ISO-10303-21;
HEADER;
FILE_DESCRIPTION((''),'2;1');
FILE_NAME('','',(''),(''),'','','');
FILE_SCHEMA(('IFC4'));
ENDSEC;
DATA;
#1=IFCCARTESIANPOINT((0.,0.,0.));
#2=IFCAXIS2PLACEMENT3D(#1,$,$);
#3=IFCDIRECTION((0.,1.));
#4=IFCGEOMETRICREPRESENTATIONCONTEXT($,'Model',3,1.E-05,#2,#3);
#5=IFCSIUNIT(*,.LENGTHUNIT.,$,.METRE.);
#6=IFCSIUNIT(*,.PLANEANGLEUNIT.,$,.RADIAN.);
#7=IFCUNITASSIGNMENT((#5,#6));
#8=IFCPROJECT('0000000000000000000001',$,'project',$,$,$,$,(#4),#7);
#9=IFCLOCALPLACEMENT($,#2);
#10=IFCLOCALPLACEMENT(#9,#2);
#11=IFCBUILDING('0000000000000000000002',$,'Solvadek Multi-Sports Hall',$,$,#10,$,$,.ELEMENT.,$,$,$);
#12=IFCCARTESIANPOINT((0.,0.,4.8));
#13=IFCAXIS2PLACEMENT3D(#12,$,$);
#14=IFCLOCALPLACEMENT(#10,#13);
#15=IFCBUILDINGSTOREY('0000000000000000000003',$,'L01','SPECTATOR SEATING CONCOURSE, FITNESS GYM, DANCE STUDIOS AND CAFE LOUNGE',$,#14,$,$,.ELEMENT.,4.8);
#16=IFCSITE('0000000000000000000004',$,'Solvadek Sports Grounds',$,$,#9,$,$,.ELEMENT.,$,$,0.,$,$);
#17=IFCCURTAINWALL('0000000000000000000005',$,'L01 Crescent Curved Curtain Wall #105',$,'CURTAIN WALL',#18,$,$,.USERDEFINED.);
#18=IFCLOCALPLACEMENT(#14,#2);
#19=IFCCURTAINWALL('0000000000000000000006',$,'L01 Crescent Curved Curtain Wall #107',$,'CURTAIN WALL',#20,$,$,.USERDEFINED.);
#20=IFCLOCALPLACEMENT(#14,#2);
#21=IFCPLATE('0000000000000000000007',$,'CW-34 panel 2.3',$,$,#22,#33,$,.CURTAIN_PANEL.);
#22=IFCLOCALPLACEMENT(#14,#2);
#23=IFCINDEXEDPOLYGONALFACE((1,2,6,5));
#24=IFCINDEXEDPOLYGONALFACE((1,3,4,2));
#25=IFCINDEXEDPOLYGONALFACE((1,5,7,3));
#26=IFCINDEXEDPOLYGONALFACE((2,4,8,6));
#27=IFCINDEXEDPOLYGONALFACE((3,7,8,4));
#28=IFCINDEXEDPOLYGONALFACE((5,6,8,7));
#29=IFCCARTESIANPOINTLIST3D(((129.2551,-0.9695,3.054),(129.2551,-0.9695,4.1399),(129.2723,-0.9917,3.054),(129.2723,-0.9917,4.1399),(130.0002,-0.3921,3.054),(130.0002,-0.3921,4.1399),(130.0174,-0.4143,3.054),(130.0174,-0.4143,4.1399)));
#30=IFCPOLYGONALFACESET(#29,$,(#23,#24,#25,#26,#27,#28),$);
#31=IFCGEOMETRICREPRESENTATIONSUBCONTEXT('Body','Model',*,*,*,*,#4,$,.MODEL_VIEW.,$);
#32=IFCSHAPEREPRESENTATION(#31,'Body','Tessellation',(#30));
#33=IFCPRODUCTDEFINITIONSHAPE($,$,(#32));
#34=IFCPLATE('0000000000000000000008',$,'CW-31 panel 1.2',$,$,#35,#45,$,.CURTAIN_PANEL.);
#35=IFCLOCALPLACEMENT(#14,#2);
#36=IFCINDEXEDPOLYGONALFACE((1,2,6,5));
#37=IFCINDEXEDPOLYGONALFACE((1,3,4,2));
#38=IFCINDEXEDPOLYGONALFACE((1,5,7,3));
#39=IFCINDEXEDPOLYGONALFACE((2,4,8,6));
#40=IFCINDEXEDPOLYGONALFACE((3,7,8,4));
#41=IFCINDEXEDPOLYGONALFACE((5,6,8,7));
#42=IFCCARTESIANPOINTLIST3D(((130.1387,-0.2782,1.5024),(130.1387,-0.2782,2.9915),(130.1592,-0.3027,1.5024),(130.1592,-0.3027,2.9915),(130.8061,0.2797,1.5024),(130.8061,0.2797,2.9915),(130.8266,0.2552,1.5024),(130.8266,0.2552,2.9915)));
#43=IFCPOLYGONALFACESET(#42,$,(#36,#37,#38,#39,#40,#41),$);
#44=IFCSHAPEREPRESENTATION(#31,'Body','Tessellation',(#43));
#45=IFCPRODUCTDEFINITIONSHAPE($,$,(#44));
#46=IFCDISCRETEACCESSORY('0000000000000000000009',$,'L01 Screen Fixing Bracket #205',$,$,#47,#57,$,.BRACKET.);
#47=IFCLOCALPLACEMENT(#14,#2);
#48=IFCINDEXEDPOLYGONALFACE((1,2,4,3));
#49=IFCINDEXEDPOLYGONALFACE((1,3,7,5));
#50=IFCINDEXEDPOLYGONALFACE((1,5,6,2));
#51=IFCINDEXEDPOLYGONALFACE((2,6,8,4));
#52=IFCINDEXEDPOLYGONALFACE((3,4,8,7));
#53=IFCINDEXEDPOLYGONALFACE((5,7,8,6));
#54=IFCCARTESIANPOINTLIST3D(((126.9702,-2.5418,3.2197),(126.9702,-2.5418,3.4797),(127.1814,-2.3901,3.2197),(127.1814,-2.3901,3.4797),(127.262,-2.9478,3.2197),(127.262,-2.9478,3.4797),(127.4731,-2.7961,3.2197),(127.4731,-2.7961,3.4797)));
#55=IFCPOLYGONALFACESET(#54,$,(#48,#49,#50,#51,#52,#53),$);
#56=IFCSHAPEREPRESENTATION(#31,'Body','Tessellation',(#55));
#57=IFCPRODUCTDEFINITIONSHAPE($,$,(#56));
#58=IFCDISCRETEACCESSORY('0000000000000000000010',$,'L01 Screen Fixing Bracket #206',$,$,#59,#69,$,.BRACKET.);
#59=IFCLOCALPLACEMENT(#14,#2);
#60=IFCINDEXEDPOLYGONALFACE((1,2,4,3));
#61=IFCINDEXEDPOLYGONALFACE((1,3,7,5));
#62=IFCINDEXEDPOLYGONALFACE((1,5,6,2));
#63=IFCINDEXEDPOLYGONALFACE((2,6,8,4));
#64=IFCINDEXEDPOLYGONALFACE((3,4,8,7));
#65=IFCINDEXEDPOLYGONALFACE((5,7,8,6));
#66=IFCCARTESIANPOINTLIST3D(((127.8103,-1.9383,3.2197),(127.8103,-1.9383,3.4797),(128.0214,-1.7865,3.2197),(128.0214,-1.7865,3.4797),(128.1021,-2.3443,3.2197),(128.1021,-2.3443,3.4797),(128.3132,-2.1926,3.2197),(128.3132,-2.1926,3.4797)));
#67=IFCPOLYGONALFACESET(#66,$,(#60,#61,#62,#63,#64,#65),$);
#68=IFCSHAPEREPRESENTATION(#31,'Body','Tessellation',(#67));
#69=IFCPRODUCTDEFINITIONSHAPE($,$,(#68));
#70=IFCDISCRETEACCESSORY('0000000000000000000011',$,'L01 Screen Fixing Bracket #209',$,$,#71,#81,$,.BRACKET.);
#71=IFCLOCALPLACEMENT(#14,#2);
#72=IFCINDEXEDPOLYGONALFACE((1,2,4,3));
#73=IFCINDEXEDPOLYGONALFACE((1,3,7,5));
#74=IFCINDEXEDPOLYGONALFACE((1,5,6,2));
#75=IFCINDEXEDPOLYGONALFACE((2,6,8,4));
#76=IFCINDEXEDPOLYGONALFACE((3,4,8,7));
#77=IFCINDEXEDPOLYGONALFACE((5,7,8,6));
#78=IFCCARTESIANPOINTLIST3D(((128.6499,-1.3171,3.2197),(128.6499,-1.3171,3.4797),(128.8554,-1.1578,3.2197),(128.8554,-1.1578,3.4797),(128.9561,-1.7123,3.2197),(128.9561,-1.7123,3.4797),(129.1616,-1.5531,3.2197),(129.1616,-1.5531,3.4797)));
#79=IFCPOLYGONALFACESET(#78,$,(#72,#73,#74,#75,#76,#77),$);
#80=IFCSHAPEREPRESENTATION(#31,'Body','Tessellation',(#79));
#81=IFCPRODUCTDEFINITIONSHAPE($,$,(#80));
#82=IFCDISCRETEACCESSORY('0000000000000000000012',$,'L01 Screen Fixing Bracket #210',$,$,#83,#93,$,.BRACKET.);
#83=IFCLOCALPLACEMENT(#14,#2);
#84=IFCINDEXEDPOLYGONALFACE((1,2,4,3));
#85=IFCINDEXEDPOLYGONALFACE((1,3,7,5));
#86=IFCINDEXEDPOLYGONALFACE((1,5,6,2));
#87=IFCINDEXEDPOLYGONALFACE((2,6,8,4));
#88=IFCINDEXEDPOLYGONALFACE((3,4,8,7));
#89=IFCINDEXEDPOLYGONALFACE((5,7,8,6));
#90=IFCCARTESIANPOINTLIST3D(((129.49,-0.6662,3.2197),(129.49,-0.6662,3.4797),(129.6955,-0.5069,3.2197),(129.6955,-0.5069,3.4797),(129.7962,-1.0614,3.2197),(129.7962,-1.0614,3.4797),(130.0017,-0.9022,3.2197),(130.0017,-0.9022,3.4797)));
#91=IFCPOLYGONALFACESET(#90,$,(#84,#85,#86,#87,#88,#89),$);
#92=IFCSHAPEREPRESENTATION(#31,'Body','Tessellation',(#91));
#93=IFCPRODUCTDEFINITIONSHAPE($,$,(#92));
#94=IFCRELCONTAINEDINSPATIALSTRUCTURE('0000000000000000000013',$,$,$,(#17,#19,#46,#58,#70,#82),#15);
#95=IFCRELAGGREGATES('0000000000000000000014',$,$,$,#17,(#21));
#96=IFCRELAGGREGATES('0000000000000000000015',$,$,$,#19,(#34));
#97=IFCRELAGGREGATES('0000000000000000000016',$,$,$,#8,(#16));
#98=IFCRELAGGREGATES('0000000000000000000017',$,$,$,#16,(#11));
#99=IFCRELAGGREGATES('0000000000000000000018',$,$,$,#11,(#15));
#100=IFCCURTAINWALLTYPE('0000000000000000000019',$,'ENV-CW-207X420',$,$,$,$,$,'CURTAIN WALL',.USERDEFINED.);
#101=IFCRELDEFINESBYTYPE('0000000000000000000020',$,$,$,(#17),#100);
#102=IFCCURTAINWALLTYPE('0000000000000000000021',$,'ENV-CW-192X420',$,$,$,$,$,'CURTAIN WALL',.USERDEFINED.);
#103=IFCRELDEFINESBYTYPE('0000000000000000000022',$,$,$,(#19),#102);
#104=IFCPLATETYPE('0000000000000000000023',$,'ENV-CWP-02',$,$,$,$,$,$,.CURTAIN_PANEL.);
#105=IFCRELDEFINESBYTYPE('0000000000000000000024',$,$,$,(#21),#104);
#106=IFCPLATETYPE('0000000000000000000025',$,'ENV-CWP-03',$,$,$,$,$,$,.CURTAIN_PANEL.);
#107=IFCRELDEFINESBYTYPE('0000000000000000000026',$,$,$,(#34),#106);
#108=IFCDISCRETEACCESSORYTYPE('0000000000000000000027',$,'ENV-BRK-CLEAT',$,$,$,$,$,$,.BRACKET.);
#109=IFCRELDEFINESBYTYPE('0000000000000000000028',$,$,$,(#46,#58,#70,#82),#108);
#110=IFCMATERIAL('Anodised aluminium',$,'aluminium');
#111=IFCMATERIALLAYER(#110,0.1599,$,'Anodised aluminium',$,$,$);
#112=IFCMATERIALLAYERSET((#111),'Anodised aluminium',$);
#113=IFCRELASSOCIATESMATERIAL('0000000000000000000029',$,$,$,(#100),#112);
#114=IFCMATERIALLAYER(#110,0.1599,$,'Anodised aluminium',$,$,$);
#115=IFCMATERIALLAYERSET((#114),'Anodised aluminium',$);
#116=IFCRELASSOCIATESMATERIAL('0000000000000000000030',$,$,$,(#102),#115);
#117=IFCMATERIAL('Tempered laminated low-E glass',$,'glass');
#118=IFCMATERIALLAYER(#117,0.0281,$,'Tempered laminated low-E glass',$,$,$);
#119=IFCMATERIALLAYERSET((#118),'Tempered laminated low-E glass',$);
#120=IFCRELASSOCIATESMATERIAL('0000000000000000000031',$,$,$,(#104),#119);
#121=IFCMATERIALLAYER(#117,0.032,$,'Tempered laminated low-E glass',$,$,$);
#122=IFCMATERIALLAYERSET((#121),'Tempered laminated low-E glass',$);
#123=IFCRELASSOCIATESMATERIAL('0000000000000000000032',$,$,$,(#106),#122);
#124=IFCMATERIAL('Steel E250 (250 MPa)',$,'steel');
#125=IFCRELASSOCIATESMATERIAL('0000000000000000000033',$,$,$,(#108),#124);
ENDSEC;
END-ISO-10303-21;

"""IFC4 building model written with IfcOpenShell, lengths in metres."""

from ifc_helpers import new_model, si_unit, direction, frame, origin, origin_2d, place, context, subcontext, project, spatial, rectangle, extrude, material, layer, layer_set, type_object, element, aggregate, save


model = new_model("IFC4")

# Units and contexts
model_context = context("Model", 3, precision=1e-05, world=origin(), true_north=direction((0.0, 1.0)))
body_context = subcontext(model_context, "Body", "Model", "MODEL_VIEW")
ifc_project = project(units=[si_unit("LENGTHUNIT", "METRE"), si_unit("PLANEANGLEUNIT", "RADIAN")], contexts=[model_context])

# Site, building, storey
site_placement = place(None, origin())
site = spatial("IfcSite", under=ifc_project, at=site_placement, Name="Solvadek Sports Grounds", CompositionType="ELEMENT", RefElevation=0.0)
building_placement = place(site_placement, origin())
building = spatial("IfcBuilding", under=site, at=building_placement, Name="Solvadek Multi-Sports Hall", CompositionType="ELEMENT")
storey_placement = place(building_placement, frame((0.0, 0.0, 4.8)))
storey = spatial("IfcBuildingStorey", under=building, at=storey_placement, Name="L01", Description="SPECTATOR SEATING CONCOURSE, FITNESS GYM, DANCE STUDIOS AND CAFE LOUNGE", CompositionType="ELEMENT", Elevation=4.8)

# Curtain walls
ifc_material_1 = material(Name="Anodised aluminium", Category="aluminium")
ifc_layer_1 = layer(ifc_material_1, 0.1599, Name="Anodised aluminium")
ifc_layer_set_1 = layer_set([ifc_layer_1], Name="Anodised aluminium")
curtain_wall_type_1 = type_object("IfcCurtainWallType", Name="ENV-CW-207X420", ElementType="CURTAIN WALL", PredefinedType="USERDEFINED", material=ifc_layer_set_1)
curtain_wall_1_placement = place(storey_placement, origin())
curtain_wall_1 = element("IfcCurtainWall", 1, at=curtain_wall_1_placement, inside=storey, type_object=curtain_wall_type_1, Name="L01 Crescent Curved Curtain Wall #105", ObjectType="CURTAIN WALL", PredefinedType="USERDEFINED")
ifc_layer_2 = layer(ifc_material_1, 0.1599, Name="Anodised aluminium")
ifc_layer_set_2 = layer_set([ifc_layer_2], Name="Anodised aluminium")
curtain_wall_type_2 = type_object("IfcCurtainWallType", Name="ENV-CW-192X420", ElementType="CURTAIN WALL", PredefinedType="USERDEFINED", material=ifc_layer_set_2)
curtain_wall_2_placement = place(storey_placement, origin())
curtain_wall_2 = element("IfcCurtainWall", 2, at=curtain_wall_2_placement, inside=storey, type_object=curtain_wall_type_2, Name="L01 Crescent Curved Curtain Wall #107", ObjectType="CURTAIN WALL", PredefinedType="USERDEFINED")

# Shared definitions
ifc_material_2 = material(Name="Steel E250 (250 MPa)", Category="steel")

# Plates
ifc_material_3 = material(Name="Tempered laminated low-E glass", Category="glass")
ifc_layer_3 = layer(ifc_material_3, 0.0281, Name="Tempered laminated low-E glass")
ifc_layer_set_3 = layer_set([ifc_layer_3], Name="Tempered laminated low-E glass")
plate_type_1 = type_object("IfcPlateType", Name="ENV-CWP-02", PredefinedType="CURTAIN_PANEL", material=ifc_layer_set_3)
plate_1_placement = place(storey_placement, frame((129.6362, -0.6919, 3.054), z_axis=(0.0, 0.0, 1.0), x_axis=(0.790501, 0.612461, 0.0)))
plate_1 = element("IfcPlate", 3, at=plate_1_placement, type_object=plate_type_1, Name="CW-34 panel 2.3", PredefinedType="CURTAIN_PANEL", context=body_context, shape_type="SweptSolid", body=[
    extrude(rectangle(XDim=0.9426, YDim=0.0281, at=origin_2d()), origin(), (0.0, 0.0, 1.0), 1.0859),
])
aggregate(curtain_wall_1, [plate_1])
ifc_layer_4 = layer(ifc_material_3, 0.032, Name="Tempered laminated low-E glass")
ifc_layer_set_4 = layer_set([ifc_layer_4], Name="Tempered laminated low-E glass")
plate_type_2 = type_object("IfcPlateType", Name="ENV-CWP-03", PredefinedType="CURTAIN_PANEL", material=ifc_layer_set_4)
plate_2_placement = place(storey_placement, frame((130.4827, -0.0115, 1.5024), z_axis=(0.0, 0.0, 1.0), x_axis=(0.767251, 0.641347, 0.0)))
plate_2 = element("IfcPlate", 4, at=plate_2_placement, type_object=plate_type_2, Name="CW-31 panel 1.2", PredefinedType="CURTAIN_PANEL", context=body_context, shape_type="SweptSolid", body=[
    extrude(rectangle(XDim=0.8699, YDim=0.032, at=origin_2d()), origin(), (0.0, 0.0, 1.0), 1.489),
])
aggregate(curtain_wall_2, [plate_2])

# Discrete accessories
discrete_accessory_type = type_object("IfcDiscreteAccessoryType", Name="ENV-BRK-CLEAT", PredefinedType="BRACKET", material=ifc_material_2)
for number, where, z_axis, x_axis, name in (
    (5, (127.2217, -2.6689, 3.2197), (0.0, 0.0, 1.0), (0.812061, 0.583572, 0.0), "L01 Screen Fixing Bracket #205"),
    (6, (128.0618, -2.0654, 3.2197), (0.0, 0.0, 1.0), (0.812061, 0.583572, 0.0), "L01 Screen Fixing Bracket #206"),
    (7, (128.9058, -1.4351, 3.2197), (0.0, 0.0, 1.0), (0.790483, 0.612483, 0.0), "L01 Screen Fixing Bracket #209"),
    (8, (129.7458, -0.7842, 3.2197), (0.0, 0.0, 1.0), (0.790483, 0.612483, 0.0), "L01 Screen Fixing Bracket #210"),
):
    element("IfcDiscreteAccessory", number, at=place(storey_placement, frame(where, z_axis=z_axis, x_axis=x_axis)), inside=storey, type_object=discrete_accessory_type, Name=name, PredefinedType="BRACKET", context=body_context, shape_type="SweptSolid", body=[
        extrude(rectangle(XDim=0.26, YDim=0.5, at=origin_2d()), origin(), (0.0, 0.0, 1.0), 0.26),
    ])

save(model, "model.ifc")
